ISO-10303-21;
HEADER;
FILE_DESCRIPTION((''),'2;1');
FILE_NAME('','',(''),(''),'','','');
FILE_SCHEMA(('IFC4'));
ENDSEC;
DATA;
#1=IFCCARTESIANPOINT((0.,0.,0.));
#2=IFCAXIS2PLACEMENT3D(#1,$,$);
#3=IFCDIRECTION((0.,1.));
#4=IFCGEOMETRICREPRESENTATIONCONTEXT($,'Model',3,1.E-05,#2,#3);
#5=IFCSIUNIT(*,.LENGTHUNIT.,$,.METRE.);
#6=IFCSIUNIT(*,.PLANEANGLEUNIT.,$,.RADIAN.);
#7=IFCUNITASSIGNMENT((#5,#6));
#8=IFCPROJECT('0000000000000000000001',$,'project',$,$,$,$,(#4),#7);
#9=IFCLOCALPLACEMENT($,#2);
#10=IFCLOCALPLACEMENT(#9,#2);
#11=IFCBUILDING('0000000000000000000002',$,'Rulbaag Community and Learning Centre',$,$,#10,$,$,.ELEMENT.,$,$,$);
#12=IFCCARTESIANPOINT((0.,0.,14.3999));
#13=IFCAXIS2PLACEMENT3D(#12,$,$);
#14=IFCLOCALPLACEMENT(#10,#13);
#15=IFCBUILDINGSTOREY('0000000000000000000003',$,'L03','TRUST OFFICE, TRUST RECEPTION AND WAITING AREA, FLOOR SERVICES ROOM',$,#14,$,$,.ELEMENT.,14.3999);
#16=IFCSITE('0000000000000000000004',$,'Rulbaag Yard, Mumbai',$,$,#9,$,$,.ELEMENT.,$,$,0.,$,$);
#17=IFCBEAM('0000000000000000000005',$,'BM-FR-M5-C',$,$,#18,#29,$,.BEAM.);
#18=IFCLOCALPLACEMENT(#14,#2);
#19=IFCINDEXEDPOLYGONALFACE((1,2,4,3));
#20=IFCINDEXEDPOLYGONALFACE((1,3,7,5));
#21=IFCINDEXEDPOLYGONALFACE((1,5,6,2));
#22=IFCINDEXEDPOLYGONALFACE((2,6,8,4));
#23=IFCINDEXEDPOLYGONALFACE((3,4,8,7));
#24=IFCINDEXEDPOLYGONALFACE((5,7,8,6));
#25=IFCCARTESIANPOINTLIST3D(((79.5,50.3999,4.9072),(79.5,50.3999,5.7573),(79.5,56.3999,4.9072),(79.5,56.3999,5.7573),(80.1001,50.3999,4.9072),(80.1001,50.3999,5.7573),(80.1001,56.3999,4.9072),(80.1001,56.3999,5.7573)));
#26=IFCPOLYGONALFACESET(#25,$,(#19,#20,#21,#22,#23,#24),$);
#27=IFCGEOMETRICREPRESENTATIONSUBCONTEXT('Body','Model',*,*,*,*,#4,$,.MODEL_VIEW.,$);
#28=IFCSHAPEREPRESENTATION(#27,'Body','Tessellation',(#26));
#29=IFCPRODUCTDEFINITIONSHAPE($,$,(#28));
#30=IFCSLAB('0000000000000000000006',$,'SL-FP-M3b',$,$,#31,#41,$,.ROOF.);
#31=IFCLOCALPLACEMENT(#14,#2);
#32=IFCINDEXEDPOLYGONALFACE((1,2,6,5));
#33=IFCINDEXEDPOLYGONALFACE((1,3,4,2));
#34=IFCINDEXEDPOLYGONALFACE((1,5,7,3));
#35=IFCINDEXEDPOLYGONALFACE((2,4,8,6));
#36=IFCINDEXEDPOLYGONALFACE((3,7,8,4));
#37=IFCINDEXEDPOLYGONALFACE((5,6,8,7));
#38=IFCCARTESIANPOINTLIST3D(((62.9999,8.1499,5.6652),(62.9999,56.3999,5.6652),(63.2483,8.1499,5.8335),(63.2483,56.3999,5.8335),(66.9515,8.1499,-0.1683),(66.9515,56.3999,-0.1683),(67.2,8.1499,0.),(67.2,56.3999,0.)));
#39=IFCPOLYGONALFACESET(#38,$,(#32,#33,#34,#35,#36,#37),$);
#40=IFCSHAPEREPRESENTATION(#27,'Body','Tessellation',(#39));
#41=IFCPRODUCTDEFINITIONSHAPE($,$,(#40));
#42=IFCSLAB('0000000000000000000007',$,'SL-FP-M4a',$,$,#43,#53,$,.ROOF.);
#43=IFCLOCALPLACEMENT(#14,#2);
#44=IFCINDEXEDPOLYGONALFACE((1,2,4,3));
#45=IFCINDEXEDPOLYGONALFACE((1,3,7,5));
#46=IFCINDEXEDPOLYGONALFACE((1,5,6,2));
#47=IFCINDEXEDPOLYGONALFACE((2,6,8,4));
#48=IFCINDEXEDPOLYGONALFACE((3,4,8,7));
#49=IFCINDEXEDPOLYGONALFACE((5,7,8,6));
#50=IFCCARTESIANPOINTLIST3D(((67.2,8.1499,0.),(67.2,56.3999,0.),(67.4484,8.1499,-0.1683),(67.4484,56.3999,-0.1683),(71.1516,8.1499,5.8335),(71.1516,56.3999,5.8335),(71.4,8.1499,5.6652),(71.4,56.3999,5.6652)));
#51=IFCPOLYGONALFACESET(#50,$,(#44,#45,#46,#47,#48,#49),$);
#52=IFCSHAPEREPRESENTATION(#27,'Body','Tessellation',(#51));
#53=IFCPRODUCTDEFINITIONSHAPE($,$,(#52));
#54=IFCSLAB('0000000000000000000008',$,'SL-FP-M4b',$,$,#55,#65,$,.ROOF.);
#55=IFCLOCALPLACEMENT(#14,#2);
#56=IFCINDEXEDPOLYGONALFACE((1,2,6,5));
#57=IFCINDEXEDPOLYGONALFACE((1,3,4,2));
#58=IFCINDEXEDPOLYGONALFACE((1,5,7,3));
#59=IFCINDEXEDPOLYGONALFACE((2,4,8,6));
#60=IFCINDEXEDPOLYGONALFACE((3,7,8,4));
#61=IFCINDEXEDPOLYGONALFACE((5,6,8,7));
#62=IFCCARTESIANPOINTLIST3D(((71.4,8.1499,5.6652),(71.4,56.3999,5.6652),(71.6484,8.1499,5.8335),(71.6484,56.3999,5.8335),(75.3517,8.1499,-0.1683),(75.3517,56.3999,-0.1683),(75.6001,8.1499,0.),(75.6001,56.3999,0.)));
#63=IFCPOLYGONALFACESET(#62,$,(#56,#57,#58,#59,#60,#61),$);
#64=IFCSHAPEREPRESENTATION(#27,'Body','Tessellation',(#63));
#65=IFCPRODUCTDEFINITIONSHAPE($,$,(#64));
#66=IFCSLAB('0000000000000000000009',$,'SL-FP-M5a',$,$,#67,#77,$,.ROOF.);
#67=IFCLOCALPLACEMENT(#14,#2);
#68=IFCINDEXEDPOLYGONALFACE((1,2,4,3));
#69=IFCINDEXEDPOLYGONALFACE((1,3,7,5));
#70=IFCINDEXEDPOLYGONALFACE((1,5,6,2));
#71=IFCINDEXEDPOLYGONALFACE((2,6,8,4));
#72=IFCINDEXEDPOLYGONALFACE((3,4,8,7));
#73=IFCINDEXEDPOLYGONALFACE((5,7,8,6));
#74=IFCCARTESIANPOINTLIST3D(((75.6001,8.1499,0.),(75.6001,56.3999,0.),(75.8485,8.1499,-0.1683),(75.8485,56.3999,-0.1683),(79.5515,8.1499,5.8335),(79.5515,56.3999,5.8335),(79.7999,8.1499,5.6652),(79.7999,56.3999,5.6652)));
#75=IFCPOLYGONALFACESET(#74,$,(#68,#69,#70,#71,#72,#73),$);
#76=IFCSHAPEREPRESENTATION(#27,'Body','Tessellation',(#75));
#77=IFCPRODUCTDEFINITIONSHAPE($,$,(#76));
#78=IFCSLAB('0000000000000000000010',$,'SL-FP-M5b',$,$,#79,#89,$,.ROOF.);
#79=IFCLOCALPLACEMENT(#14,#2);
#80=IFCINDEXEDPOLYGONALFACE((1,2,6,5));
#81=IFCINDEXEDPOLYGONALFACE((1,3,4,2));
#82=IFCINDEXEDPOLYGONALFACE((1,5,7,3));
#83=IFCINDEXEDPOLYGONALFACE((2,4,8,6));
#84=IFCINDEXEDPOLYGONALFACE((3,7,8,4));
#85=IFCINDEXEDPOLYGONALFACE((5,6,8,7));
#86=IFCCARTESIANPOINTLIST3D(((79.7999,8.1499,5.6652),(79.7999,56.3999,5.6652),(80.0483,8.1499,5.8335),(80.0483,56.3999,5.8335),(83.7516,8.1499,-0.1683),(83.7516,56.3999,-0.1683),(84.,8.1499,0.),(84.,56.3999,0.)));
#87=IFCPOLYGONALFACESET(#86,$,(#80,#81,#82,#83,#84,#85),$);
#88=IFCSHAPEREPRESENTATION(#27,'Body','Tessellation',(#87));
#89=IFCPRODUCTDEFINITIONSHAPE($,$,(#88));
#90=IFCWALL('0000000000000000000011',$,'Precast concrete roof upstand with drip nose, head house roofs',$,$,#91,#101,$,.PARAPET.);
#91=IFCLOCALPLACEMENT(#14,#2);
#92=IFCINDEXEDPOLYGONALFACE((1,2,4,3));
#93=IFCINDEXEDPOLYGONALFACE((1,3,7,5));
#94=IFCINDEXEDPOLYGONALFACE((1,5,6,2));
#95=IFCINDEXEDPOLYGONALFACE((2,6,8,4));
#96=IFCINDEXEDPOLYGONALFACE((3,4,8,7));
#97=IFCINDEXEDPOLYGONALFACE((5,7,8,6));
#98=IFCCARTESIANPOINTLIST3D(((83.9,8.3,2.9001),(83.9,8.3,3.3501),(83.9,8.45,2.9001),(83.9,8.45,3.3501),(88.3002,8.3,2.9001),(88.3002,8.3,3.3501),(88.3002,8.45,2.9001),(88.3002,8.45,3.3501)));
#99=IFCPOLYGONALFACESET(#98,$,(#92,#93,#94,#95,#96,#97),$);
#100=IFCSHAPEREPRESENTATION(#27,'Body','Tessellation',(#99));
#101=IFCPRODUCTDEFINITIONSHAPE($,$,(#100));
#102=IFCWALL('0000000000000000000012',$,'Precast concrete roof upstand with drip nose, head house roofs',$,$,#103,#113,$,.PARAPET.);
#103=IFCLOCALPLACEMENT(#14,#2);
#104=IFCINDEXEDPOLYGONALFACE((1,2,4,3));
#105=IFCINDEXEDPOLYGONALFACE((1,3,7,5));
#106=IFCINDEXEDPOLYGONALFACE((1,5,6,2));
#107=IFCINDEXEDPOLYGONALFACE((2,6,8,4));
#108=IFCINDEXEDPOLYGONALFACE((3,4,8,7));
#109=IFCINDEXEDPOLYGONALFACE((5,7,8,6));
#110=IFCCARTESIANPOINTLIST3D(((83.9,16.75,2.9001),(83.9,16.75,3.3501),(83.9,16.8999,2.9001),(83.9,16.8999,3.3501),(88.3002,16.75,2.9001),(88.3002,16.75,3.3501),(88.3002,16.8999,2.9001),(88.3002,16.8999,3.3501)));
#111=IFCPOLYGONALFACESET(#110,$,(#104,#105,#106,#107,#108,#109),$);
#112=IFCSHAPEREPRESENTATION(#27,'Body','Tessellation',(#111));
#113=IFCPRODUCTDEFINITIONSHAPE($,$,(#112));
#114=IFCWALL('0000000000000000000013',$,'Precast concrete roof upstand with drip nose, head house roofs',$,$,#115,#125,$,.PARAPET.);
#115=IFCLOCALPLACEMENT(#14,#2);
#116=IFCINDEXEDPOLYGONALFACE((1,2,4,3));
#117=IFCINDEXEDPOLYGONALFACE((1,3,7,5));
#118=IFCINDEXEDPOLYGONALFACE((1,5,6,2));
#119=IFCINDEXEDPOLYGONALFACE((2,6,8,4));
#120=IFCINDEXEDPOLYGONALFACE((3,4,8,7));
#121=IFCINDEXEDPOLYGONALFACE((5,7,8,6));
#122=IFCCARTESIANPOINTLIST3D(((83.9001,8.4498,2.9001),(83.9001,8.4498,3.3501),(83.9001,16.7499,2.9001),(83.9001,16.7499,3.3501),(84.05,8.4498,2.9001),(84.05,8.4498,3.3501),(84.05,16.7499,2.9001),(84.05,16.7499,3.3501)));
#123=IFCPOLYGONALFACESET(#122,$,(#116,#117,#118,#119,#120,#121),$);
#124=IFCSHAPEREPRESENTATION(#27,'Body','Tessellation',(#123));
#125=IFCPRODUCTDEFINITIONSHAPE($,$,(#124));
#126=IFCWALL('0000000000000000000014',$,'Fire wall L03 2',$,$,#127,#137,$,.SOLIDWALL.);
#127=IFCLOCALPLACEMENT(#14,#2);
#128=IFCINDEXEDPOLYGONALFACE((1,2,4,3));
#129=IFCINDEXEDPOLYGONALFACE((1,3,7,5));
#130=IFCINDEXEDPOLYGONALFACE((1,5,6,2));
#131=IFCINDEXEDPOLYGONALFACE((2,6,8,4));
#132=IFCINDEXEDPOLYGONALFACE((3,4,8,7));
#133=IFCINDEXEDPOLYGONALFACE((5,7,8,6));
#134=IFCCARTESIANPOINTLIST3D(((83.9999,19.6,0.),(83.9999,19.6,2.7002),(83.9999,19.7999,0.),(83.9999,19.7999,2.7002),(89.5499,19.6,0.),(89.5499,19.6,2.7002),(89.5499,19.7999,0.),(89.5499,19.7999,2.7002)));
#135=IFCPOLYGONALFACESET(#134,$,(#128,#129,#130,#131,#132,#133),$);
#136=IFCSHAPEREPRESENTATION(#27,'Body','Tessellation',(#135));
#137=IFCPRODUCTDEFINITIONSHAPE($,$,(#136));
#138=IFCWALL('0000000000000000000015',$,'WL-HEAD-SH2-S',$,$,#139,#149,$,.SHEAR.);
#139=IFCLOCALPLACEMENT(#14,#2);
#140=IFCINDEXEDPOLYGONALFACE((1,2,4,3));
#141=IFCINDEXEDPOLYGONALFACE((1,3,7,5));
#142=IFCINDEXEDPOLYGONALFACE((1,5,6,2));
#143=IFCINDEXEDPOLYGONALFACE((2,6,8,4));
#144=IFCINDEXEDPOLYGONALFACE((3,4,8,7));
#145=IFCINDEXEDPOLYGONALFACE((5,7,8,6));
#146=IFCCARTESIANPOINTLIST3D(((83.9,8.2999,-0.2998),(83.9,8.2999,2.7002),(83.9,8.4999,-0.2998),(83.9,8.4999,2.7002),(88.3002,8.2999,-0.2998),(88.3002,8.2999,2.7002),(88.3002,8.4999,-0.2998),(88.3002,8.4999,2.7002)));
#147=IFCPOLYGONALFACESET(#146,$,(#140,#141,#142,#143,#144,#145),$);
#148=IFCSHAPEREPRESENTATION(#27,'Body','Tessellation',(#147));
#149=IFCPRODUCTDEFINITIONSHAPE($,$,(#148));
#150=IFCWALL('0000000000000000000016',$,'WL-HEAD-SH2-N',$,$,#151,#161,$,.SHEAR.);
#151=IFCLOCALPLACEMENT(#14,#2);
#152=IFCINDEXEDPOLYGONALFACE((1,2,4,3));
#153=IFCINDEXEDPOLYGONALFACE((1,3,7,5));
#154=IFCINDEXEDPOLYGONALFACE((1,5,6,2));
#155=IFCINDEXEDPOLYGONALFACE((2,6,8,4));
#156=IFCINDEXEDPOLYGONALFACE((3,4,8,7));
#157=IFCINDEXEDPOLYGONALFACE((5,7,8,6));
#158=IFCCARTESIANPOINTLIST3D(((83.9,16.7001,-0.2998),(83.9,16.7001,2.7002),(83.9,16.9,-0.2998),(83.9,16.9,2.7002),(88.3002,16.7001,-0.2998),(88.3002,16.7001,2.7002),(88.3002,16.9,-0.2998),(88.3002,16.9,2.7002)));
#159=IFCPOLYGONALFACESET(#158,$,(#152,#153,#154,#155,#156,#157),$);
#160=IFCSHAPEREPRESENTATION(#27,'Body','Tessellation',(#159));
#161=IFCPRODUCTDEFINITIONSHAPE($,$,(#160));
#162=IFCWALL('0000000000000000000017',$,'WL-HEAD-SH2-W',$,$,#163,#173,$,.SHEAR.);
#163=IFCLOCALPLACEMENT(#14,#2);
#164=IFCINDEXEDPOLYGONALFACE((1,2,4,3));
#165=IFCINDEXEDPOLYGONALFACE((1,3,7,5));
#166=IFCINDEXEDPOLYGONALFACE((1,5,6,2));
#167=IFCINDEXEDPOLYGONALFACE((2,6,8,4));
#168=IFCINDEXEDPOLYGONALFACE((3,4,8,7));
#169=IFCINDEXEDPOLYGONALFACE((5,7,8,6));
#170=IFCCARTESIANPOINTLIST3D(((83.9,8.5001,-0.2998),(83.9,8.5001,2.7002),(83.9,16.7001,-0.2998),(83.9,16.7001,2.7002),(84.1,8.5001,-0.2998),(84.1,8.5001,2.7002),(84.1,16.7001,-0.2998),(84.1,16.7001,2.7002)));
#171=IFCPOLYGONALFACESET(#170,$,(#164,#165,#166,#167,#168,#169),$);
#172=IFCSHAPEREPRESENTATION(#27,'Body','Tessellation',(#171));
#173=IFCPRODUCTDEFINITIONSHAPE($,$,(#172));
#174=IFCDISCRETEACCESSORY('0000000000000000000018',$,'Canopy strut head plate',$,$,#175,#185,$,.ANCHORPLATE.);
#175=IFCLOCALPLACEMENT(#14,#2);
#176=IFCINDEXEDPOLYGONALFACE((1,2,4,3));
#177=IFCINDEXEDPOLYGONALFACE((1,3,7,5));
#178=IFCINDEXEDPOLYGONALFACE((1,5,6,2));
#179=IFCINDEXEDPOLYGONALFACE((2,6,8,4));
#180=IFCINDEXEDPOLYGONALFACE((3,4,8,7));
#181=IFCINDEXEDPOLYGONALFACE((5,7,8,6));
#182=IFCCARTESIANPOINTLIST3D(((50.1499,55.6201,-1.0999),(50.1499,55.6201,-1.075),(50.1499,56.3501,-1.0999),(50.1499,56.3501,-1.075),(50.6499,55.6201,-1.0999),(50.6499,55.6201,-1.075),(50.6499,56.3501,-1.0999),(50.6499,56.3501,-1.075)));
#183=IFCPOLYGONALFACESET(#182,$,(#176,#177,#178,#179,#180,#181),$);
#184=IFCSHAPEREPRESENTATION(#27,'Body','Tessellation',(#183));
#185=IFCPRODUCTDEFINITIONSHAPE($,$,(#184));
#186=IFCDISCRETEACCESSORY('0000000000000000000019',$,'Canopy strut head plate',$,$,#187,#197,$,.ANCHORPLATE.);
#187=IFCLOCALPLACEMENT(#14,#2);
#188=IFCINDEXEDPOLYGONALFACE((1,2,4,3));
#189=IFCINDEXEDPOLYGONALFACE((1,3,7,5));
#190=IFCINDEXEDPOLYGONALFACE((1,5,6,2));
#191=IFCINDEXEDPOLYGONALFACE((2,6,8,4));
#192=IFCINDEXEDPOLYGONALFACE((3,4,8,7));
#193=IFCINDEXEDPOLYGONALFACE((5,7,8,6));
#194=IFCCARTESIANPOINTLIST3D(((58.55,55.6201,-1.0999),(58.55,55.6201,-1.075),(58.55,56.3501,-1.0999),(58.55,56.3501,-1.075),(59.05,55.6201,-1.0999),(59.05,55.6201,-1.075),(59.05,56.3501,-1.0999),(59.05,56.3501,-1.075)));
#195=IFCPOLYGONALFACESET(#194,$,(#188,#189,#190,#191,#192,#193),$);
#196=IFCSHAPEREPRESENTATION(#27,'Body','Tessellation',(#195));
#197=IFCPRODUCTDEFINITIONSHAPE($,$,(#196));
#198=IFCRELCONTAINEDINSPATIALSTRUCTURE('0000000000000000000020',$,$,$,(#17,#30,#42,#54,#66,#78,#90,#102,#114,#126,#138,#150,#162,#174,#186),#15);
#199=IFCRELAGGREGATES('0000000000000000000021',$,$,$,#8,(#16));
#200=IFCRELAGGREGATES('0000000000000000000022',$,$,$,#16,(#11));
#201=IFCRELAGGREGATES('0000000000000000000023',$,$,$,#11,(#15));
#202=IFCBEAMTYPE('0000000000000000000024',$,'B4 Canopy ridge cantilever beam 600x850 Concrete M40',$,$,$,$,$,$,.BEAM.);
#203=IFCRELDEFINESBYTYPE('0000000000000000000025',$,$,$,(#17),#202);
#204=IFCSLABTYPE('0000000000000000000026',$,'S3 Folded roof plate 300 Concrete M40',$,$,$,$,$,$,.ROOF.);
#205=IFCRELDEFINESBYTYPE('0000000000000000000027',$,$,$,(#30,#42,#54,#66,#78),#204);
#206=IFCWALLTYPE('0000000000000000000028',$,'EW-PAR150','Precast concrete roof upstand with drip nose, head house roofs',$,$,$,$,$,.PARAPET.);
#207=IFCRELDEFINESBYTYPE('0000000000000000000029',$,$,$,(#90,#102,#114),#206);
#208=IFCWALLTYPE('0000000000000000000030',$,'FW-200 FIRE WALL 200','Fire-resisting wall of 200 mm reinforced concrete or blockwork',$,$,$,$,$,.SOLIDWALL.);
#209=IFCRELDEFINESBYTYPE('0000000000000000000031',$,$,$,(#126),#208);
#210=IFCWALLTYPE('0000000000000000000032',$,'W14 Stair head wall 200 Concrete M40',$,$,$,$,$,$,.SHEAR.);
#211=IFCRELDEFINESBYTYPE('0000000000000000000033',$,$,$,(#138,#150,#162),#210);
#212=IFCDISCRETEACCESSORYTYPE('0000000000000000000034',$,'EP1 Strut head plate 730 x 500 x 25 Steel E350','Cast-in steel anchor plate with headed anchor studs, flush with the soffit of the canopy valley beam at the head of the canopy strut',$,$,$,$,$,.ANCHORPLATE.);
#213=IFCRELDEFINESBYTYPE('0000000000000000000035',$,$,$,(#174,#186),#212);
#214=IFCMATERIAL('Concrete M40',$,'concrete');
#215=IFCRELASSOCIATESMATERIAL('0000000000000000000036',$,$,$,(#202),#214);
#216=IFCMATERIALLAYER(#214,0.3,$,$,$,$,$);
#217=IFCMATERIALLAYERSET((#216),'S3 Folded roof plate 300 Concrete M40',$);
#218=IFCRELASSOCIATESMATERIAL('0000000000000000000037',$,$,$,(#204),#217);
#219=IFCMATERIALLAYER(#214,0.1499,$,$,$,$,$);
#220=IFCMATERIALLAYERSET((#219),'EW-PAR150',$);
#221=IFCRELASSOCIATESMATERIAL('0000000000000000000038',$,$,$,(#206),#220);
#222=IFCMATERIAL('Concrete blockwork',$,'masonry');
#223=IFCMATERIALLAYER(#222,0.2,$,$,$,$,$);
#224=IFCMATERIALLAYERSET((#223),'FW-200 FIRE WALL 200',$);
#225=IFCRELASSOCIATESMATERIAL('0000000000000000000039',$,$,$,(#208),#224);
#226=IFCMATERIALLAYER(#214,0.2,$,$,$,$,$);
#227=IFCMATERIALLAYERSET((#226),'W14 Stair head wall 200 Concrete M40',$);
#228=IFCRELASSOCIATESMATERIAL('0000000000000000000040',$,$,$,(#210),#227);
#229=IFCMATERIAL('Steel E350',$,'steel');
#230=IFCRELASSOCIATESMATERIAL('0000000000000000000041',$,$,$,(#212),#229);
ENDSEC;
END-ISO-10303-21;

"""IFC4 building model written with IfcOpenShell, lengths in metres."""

from ifc_helpers import new_model, si_unit, direction, frame, frame_2d, origin, origin_2d, place, context, subcontext, project, spatial, polyline, rectangle, outline, extrude, material, layer, layer_set, material_profile, profile_set, type_object, element, save


model = new_model("IFC4")

# Units and contexts
model_context = context("Model", 3, precision=1e-05, world=origin(), true_north=direction((0.0, 1.0)))
body_context = subcontext(model_context, "Body", "Model", "MODEL_VIEW")
ifc_project = project(units=[si_unit("LENGTHUNIT", "METRE"), si_unit("PLANEANGLEUNIT", "RADIAN")], contexts=[model_context])

# Site, building, storey
site_placement = place(None, origin())
site = spatial("IfcSite", under=ifc_project, at=site_placement, Name="Rulbaag Yard, Mumbai", CompositionType="ELEMENT", RefElevation=0.0)
building_placement = place(site_placement, origin())
building = spatial("IfcBuilding", under=site, at=building_placement, Name="Rulbaag Community and Learning Centre", CompositionType="ELEMENT")
storey_placement = place(building_placement, frame((0.0, 0.0, 14.3999)))
storey = spatial("IfcBuildingStorey", under=building, at=storey_placement, Name="L03", Description="TRUST OFFICE, TRUST RECEPTION AND WAITING AREA, FLOOR SERVICES ROOM", CompositionType="ELEMENT", Elevation=14.3999)

# Beam
ifc_material_1 = material(Name="Concrete M40", Category="concrete")
ifc_material_profile_1 = material_profile(ifc_material_1, rectangle(XDim=0.6001, YDim=0.8501, at=origin_2d()), Name="RB600x850")
ifc_profile_set_1 = profile_set([ifc_material_profile_1], Name="Concrete M40")
beam_type_1 = type_object("IfcBeamType", Name="B4 Canopy ridge cantilever beam 600x850 Concrete M40", PredefinedType="BEAM", material=ifc_profile_set_1)
for number, where, z_axis, x_axis, name in (
    (1, (79.8, 50.3999, 5.3323), (0.0, 1.0, 0.0), (-1.0, 0.0, 0.0), "BM-FR-M5-C"),
):
    element("IfcBeam", number, at=place(storey_placement, frame(where, z_axis=z_axis, x_axis=x_axis)), inside=storey, type_object=beam_type_1, Name=name, PredefinedType="BEAM", context=body_context, shape_type="SweptSolid", body=[
        extrude(rectangle(XDim=0.6001, YDim=0.8501, at=origin_2d()), origin(), (0.0, 0.0, 1.0), 6.0),
    ])

# Slabs
ifc_layer_1 = layer(ifc_material_1, 0.3)
ifc_layer_set_1 = layer_set([ifc_layer_1], Name="S3 Folded roof plate 300 Concrete M40")
slab_type = type_object("IfcSlabType", Name="S3 Folded roof plate 300 Concrete M40", PredefinedType="ROOF", material=ifc_layer_set_1)
for number, where, z_axis, x_axis, name in (
    (2, (63.2483, 8.1499, 5.8335), (0.827923, 0.0, 0.560842), (0.560842, 0.0, -0.827923), "SL-FP-M3b"),
    (3, (67.2, 8.1499, 0.0), (-0.827923, 0.0, 0.560842), (0.560842, 0.0, 0.827923), "SL-FP-M4a"),
    (4, (71.6484, 8.1499, 5.8335), (0.827923, 0.0, 0.560842), (0.560842, 0.0, -0.827923), "SL-FP-M4b"),
):
    element("IfcSlab", number, at=place(storey_placement, frame(where, z_axis=z_axis, x_axis=x_axis)), inside=storey, type_object=slab_type, Name=name, PredefinedType="ROOF", context=body_context, shape_type="SweptSolid", body=[
        extrude(outline(polyline([(0.0, 0.0), (7.0459, 0.0), (7.0459, 48.25), (0.0, 48.25), (0.0, 0.0)])), origin(), (0.0, 0.0, -1.0), 0.3),
    ])
slab_1_placement = place(storey_placement, frame((75.6001, 8.1499, 0.0), z_axis=(-0.827939, 0.0, 0.560818), x_axis=(0.560818, 0.0, 0.827939)))
element("IfcSlab", 5, at=slab_1_placement, inside=storey, type_object=slab_type, Name="SL-FP-M5a", PredefinedType="ROOF", context=body_context, shape_type="SweptSolid", body=[
    extrude(outline(polyline([(0.0, 0.0), (7.0458, 0.0), (7.0458, 48.25), (0.0, 48.25), (0.0, 0.0)])), origin(), (0.0, 0.0, -1.0), 0.3),
])
slab_2_placement = place(storey_placement, frame((80.0483, 8.1499, 5.8335), z_axis=(0.827923, 0.0, 0.560842), x_axis=(0.560842, 0.0, -0.827923)))
element("IfcSlab", 6, at=slab_2_placement, inside=storey, type_object=slab_type, Name="SL-FP-M5b", PredefinedType="ROOF", context=body_context, shape_type="SweptSolid", body=[
    extrude(outline(polyline([(0.0, 0.0), (7.0459, 0.0), (7.0459, 48.25), (0.0, 48.25), (0.0, 0.0)])), origin(), (0.0, 0.0, -1.0), 0.3),
])

# Walls
ifc_layer_2 = layer(ifc_material_1, 0.1499)
ifc_layer_set_2 = layer_set([ifc_layer_2], Name="EW-PAR150")
wall_type_1 = type_object("IfcWallType", Name="EW-PAR150", Description="Precast concrete roof upstand with drip nose, head house roofs", PredefinedType="PARAPET", material=ifc_layer_set_2)
for number, where, z_axis, x_axis, name in (
    (7, (83.8999, 8.375, 2.9001), (0.0, 0.0, 1.0), (1.0, 0.0, 0.0), "Precast concrete roof upstand with drip nose, head house roofs"),
    (8, (83.8999, 16.825, 2.9001), (0.0, 0.0, 1.0), (1.0, 0.0, 0.0), "Precast concrete roof upstand with drip nose, head house roofs"),
):
    element("IfcWall", number, at=place(storey_placement, frame(where, z_axis=z_axis, x_axis=x_axis)), inside=storey, type_object=wall_type_1, Name=name, PredefinedType="PARAPET", context=body_context, shape_type="SweptSolid", body=[
        extrude(rectangle(XDim=4.4001, YDim=0.1499, at=frame_2d((2.2002, 0.0))), origin(), (0.0, 0.0, 1.0), 0.45),
    ])
wall_1_placement = place(storey_placement, frame((83.9751, 8.45, 2.9001), z_axis=(0.0, 0.0, 1.0), x_axis=(0.0, 1.0, 0.0)))
element("IfcWall", 9, at=wall_1_placement, inside=storey, type_object=wall_type_1, Name="Precast concrete roof upstand with drip nose, head house roofs", PredefinedType="PARAPET", context=body_context, shape_type="SweptSolid", body=[
    extrude(rectangle(XDim=8.3, YDim=0.1499, at=frame_2d((4.1499, 0.0))), origin(), (0.0, 0.0, 1.0), 0.45),
])
ifc_material_2 = material(Name="Concrete blockwork", Category="masonry")
ifc_layer_3 = layer(ifc_material_2, 0.2)
ifc_layer_set_3 = layer_set([ifc_layer_3], Name="FW-200 FIRE WALL 200")
wall_type_2 = type_object("IfcWallType", Name="FW-200 FIRE WALL 200", Description="Fire-resisting wall of 200 mm reinforced concrete or blockwork", PredefinedType="SOLIDWALL", material=ifc_layer_set_3)
wall_2_placement = place(storey_placement, frame((84.0, 19.7, 0.0), z_axis=(0.0, 0.0, 1.0), x_axis=(1.0, 0.0, 0.0)))
element("IfcWall", 10, at=wall_2_placement, inside=storey, type_object=wall_type_2, Name="Fire wall L03 2", PredefinedType="SOLIDWALL", context=body_context, shape_type="SweptSolid", body=[
    extrude(rectangle(XDim=5.55, YDim=0.2, at=frame_2d((2.7749, 0.0))), origin(), (0.0, 0.0, 1.0), 2.7002),
])
ifc_layer_4 = layer(ifc_material_1, 0.2)
ifc_layer_set_4 = layer_set([ifc_layer_4], Name="W14 Stair head wall 200 Concrete M40")
wall_type_3 = type_object("IfcWallType", Name="W14 Stair head wall 200 Concrete M40", PredefinedType="SHEAR", material=ifc_layer_set_4)
for number, where, z_axis, x_axis, name in (
    (11, (83.8999, 8.3999, -0.2998), (0.0, 0.0, 1.0), (1.0, 0.0, 0.0), "WL-HEAD-SH2-S"),
    (12, (83.8999, 16.8, -0.2998), (0.0, 0.0, 1.0), (1.0, 0.0, 0.0), "WL-HEAD-SH2-N"),
):
    element("IfcWall", number, at=place(storey_placement, frame(where, z_axis=z_axis, x_axis=x_axis)), inside=storey, type_object=wall_type_3, Name=name, PredefinedType="SHEAR", context=body_context, shape_type="SweptSolid", body=[
        extrude(rectangle(XDim=4.4001, YDim=0.2, at=frame_2d((2.2002, 0.0))), origin(), (0.0, 0.0, 1.0), 3.0),
    ])
wall_3_placement = place(storey_placement, frame((84.0, 8.5, -0.2998), z_axis=(0.0, 0.0, 1.0), x_axis=(0.0, 1.0, 0.0)))
element("IfcWall", 13, at=wall_3_placement, inside=storey, type_object=wall_type_3, Name="WL-HEAD-SH2-W", PredefinedType="SHEAR", context=body_context, shape_type="SweptSolid", body=[
    extrude(rectangle(XDim=8.2, YDim=0.2, at=frame_2d((4.1001, 0.0))), origin(), (0.0, 0.0, 1.0), 3.0),
])

# Discrete accessories
ifc_material_3 = material(Name="Steel E350", Category="steel")
discrete_accessory_type = type_object("IfcDiscreteAccessoryType", Name="EP1 Strut head plate 730 x 500 x 25 Steel E350", Description="Cast-in steel anchor plate with headed anchor studs, flush with the soffit of the canopy valley beam at the head of the canopy strut", PredefinedType="ANCHORPLATE", material=ifc_material_3)
for number, where, z_axis, x_axis, name in (
    (14, (50.3999, 55.9851, -1.0999), (0.0, 0.0, 1.0), (1.0, 0.0, 0.0), "Canopy strut head plate"),
    (15, (58.8, 55.9851, -1.0999), (0.0, 0.0, 1.0), (1.0, 0.0, 0.0), "Canopy strut head plate"),
):
    element("IfcDiscreteAccessory", number, at=place(storey_placement, frame(where, z_axis=z_axis, x_axis=x_axis)), inside=storey, type_object=discrete_accessory_type, Name=name, PredefinedType="ANCHORPLATE", context=body_context, shape_type="SweptSolid", body=[
        extrude(rectangle(XDim=0.5, YDim=0.73, at=origin_2d()), origin(), (0.0, 0.0, 1.0), 0.0249),
    ])

save(model, "model.ifc")
